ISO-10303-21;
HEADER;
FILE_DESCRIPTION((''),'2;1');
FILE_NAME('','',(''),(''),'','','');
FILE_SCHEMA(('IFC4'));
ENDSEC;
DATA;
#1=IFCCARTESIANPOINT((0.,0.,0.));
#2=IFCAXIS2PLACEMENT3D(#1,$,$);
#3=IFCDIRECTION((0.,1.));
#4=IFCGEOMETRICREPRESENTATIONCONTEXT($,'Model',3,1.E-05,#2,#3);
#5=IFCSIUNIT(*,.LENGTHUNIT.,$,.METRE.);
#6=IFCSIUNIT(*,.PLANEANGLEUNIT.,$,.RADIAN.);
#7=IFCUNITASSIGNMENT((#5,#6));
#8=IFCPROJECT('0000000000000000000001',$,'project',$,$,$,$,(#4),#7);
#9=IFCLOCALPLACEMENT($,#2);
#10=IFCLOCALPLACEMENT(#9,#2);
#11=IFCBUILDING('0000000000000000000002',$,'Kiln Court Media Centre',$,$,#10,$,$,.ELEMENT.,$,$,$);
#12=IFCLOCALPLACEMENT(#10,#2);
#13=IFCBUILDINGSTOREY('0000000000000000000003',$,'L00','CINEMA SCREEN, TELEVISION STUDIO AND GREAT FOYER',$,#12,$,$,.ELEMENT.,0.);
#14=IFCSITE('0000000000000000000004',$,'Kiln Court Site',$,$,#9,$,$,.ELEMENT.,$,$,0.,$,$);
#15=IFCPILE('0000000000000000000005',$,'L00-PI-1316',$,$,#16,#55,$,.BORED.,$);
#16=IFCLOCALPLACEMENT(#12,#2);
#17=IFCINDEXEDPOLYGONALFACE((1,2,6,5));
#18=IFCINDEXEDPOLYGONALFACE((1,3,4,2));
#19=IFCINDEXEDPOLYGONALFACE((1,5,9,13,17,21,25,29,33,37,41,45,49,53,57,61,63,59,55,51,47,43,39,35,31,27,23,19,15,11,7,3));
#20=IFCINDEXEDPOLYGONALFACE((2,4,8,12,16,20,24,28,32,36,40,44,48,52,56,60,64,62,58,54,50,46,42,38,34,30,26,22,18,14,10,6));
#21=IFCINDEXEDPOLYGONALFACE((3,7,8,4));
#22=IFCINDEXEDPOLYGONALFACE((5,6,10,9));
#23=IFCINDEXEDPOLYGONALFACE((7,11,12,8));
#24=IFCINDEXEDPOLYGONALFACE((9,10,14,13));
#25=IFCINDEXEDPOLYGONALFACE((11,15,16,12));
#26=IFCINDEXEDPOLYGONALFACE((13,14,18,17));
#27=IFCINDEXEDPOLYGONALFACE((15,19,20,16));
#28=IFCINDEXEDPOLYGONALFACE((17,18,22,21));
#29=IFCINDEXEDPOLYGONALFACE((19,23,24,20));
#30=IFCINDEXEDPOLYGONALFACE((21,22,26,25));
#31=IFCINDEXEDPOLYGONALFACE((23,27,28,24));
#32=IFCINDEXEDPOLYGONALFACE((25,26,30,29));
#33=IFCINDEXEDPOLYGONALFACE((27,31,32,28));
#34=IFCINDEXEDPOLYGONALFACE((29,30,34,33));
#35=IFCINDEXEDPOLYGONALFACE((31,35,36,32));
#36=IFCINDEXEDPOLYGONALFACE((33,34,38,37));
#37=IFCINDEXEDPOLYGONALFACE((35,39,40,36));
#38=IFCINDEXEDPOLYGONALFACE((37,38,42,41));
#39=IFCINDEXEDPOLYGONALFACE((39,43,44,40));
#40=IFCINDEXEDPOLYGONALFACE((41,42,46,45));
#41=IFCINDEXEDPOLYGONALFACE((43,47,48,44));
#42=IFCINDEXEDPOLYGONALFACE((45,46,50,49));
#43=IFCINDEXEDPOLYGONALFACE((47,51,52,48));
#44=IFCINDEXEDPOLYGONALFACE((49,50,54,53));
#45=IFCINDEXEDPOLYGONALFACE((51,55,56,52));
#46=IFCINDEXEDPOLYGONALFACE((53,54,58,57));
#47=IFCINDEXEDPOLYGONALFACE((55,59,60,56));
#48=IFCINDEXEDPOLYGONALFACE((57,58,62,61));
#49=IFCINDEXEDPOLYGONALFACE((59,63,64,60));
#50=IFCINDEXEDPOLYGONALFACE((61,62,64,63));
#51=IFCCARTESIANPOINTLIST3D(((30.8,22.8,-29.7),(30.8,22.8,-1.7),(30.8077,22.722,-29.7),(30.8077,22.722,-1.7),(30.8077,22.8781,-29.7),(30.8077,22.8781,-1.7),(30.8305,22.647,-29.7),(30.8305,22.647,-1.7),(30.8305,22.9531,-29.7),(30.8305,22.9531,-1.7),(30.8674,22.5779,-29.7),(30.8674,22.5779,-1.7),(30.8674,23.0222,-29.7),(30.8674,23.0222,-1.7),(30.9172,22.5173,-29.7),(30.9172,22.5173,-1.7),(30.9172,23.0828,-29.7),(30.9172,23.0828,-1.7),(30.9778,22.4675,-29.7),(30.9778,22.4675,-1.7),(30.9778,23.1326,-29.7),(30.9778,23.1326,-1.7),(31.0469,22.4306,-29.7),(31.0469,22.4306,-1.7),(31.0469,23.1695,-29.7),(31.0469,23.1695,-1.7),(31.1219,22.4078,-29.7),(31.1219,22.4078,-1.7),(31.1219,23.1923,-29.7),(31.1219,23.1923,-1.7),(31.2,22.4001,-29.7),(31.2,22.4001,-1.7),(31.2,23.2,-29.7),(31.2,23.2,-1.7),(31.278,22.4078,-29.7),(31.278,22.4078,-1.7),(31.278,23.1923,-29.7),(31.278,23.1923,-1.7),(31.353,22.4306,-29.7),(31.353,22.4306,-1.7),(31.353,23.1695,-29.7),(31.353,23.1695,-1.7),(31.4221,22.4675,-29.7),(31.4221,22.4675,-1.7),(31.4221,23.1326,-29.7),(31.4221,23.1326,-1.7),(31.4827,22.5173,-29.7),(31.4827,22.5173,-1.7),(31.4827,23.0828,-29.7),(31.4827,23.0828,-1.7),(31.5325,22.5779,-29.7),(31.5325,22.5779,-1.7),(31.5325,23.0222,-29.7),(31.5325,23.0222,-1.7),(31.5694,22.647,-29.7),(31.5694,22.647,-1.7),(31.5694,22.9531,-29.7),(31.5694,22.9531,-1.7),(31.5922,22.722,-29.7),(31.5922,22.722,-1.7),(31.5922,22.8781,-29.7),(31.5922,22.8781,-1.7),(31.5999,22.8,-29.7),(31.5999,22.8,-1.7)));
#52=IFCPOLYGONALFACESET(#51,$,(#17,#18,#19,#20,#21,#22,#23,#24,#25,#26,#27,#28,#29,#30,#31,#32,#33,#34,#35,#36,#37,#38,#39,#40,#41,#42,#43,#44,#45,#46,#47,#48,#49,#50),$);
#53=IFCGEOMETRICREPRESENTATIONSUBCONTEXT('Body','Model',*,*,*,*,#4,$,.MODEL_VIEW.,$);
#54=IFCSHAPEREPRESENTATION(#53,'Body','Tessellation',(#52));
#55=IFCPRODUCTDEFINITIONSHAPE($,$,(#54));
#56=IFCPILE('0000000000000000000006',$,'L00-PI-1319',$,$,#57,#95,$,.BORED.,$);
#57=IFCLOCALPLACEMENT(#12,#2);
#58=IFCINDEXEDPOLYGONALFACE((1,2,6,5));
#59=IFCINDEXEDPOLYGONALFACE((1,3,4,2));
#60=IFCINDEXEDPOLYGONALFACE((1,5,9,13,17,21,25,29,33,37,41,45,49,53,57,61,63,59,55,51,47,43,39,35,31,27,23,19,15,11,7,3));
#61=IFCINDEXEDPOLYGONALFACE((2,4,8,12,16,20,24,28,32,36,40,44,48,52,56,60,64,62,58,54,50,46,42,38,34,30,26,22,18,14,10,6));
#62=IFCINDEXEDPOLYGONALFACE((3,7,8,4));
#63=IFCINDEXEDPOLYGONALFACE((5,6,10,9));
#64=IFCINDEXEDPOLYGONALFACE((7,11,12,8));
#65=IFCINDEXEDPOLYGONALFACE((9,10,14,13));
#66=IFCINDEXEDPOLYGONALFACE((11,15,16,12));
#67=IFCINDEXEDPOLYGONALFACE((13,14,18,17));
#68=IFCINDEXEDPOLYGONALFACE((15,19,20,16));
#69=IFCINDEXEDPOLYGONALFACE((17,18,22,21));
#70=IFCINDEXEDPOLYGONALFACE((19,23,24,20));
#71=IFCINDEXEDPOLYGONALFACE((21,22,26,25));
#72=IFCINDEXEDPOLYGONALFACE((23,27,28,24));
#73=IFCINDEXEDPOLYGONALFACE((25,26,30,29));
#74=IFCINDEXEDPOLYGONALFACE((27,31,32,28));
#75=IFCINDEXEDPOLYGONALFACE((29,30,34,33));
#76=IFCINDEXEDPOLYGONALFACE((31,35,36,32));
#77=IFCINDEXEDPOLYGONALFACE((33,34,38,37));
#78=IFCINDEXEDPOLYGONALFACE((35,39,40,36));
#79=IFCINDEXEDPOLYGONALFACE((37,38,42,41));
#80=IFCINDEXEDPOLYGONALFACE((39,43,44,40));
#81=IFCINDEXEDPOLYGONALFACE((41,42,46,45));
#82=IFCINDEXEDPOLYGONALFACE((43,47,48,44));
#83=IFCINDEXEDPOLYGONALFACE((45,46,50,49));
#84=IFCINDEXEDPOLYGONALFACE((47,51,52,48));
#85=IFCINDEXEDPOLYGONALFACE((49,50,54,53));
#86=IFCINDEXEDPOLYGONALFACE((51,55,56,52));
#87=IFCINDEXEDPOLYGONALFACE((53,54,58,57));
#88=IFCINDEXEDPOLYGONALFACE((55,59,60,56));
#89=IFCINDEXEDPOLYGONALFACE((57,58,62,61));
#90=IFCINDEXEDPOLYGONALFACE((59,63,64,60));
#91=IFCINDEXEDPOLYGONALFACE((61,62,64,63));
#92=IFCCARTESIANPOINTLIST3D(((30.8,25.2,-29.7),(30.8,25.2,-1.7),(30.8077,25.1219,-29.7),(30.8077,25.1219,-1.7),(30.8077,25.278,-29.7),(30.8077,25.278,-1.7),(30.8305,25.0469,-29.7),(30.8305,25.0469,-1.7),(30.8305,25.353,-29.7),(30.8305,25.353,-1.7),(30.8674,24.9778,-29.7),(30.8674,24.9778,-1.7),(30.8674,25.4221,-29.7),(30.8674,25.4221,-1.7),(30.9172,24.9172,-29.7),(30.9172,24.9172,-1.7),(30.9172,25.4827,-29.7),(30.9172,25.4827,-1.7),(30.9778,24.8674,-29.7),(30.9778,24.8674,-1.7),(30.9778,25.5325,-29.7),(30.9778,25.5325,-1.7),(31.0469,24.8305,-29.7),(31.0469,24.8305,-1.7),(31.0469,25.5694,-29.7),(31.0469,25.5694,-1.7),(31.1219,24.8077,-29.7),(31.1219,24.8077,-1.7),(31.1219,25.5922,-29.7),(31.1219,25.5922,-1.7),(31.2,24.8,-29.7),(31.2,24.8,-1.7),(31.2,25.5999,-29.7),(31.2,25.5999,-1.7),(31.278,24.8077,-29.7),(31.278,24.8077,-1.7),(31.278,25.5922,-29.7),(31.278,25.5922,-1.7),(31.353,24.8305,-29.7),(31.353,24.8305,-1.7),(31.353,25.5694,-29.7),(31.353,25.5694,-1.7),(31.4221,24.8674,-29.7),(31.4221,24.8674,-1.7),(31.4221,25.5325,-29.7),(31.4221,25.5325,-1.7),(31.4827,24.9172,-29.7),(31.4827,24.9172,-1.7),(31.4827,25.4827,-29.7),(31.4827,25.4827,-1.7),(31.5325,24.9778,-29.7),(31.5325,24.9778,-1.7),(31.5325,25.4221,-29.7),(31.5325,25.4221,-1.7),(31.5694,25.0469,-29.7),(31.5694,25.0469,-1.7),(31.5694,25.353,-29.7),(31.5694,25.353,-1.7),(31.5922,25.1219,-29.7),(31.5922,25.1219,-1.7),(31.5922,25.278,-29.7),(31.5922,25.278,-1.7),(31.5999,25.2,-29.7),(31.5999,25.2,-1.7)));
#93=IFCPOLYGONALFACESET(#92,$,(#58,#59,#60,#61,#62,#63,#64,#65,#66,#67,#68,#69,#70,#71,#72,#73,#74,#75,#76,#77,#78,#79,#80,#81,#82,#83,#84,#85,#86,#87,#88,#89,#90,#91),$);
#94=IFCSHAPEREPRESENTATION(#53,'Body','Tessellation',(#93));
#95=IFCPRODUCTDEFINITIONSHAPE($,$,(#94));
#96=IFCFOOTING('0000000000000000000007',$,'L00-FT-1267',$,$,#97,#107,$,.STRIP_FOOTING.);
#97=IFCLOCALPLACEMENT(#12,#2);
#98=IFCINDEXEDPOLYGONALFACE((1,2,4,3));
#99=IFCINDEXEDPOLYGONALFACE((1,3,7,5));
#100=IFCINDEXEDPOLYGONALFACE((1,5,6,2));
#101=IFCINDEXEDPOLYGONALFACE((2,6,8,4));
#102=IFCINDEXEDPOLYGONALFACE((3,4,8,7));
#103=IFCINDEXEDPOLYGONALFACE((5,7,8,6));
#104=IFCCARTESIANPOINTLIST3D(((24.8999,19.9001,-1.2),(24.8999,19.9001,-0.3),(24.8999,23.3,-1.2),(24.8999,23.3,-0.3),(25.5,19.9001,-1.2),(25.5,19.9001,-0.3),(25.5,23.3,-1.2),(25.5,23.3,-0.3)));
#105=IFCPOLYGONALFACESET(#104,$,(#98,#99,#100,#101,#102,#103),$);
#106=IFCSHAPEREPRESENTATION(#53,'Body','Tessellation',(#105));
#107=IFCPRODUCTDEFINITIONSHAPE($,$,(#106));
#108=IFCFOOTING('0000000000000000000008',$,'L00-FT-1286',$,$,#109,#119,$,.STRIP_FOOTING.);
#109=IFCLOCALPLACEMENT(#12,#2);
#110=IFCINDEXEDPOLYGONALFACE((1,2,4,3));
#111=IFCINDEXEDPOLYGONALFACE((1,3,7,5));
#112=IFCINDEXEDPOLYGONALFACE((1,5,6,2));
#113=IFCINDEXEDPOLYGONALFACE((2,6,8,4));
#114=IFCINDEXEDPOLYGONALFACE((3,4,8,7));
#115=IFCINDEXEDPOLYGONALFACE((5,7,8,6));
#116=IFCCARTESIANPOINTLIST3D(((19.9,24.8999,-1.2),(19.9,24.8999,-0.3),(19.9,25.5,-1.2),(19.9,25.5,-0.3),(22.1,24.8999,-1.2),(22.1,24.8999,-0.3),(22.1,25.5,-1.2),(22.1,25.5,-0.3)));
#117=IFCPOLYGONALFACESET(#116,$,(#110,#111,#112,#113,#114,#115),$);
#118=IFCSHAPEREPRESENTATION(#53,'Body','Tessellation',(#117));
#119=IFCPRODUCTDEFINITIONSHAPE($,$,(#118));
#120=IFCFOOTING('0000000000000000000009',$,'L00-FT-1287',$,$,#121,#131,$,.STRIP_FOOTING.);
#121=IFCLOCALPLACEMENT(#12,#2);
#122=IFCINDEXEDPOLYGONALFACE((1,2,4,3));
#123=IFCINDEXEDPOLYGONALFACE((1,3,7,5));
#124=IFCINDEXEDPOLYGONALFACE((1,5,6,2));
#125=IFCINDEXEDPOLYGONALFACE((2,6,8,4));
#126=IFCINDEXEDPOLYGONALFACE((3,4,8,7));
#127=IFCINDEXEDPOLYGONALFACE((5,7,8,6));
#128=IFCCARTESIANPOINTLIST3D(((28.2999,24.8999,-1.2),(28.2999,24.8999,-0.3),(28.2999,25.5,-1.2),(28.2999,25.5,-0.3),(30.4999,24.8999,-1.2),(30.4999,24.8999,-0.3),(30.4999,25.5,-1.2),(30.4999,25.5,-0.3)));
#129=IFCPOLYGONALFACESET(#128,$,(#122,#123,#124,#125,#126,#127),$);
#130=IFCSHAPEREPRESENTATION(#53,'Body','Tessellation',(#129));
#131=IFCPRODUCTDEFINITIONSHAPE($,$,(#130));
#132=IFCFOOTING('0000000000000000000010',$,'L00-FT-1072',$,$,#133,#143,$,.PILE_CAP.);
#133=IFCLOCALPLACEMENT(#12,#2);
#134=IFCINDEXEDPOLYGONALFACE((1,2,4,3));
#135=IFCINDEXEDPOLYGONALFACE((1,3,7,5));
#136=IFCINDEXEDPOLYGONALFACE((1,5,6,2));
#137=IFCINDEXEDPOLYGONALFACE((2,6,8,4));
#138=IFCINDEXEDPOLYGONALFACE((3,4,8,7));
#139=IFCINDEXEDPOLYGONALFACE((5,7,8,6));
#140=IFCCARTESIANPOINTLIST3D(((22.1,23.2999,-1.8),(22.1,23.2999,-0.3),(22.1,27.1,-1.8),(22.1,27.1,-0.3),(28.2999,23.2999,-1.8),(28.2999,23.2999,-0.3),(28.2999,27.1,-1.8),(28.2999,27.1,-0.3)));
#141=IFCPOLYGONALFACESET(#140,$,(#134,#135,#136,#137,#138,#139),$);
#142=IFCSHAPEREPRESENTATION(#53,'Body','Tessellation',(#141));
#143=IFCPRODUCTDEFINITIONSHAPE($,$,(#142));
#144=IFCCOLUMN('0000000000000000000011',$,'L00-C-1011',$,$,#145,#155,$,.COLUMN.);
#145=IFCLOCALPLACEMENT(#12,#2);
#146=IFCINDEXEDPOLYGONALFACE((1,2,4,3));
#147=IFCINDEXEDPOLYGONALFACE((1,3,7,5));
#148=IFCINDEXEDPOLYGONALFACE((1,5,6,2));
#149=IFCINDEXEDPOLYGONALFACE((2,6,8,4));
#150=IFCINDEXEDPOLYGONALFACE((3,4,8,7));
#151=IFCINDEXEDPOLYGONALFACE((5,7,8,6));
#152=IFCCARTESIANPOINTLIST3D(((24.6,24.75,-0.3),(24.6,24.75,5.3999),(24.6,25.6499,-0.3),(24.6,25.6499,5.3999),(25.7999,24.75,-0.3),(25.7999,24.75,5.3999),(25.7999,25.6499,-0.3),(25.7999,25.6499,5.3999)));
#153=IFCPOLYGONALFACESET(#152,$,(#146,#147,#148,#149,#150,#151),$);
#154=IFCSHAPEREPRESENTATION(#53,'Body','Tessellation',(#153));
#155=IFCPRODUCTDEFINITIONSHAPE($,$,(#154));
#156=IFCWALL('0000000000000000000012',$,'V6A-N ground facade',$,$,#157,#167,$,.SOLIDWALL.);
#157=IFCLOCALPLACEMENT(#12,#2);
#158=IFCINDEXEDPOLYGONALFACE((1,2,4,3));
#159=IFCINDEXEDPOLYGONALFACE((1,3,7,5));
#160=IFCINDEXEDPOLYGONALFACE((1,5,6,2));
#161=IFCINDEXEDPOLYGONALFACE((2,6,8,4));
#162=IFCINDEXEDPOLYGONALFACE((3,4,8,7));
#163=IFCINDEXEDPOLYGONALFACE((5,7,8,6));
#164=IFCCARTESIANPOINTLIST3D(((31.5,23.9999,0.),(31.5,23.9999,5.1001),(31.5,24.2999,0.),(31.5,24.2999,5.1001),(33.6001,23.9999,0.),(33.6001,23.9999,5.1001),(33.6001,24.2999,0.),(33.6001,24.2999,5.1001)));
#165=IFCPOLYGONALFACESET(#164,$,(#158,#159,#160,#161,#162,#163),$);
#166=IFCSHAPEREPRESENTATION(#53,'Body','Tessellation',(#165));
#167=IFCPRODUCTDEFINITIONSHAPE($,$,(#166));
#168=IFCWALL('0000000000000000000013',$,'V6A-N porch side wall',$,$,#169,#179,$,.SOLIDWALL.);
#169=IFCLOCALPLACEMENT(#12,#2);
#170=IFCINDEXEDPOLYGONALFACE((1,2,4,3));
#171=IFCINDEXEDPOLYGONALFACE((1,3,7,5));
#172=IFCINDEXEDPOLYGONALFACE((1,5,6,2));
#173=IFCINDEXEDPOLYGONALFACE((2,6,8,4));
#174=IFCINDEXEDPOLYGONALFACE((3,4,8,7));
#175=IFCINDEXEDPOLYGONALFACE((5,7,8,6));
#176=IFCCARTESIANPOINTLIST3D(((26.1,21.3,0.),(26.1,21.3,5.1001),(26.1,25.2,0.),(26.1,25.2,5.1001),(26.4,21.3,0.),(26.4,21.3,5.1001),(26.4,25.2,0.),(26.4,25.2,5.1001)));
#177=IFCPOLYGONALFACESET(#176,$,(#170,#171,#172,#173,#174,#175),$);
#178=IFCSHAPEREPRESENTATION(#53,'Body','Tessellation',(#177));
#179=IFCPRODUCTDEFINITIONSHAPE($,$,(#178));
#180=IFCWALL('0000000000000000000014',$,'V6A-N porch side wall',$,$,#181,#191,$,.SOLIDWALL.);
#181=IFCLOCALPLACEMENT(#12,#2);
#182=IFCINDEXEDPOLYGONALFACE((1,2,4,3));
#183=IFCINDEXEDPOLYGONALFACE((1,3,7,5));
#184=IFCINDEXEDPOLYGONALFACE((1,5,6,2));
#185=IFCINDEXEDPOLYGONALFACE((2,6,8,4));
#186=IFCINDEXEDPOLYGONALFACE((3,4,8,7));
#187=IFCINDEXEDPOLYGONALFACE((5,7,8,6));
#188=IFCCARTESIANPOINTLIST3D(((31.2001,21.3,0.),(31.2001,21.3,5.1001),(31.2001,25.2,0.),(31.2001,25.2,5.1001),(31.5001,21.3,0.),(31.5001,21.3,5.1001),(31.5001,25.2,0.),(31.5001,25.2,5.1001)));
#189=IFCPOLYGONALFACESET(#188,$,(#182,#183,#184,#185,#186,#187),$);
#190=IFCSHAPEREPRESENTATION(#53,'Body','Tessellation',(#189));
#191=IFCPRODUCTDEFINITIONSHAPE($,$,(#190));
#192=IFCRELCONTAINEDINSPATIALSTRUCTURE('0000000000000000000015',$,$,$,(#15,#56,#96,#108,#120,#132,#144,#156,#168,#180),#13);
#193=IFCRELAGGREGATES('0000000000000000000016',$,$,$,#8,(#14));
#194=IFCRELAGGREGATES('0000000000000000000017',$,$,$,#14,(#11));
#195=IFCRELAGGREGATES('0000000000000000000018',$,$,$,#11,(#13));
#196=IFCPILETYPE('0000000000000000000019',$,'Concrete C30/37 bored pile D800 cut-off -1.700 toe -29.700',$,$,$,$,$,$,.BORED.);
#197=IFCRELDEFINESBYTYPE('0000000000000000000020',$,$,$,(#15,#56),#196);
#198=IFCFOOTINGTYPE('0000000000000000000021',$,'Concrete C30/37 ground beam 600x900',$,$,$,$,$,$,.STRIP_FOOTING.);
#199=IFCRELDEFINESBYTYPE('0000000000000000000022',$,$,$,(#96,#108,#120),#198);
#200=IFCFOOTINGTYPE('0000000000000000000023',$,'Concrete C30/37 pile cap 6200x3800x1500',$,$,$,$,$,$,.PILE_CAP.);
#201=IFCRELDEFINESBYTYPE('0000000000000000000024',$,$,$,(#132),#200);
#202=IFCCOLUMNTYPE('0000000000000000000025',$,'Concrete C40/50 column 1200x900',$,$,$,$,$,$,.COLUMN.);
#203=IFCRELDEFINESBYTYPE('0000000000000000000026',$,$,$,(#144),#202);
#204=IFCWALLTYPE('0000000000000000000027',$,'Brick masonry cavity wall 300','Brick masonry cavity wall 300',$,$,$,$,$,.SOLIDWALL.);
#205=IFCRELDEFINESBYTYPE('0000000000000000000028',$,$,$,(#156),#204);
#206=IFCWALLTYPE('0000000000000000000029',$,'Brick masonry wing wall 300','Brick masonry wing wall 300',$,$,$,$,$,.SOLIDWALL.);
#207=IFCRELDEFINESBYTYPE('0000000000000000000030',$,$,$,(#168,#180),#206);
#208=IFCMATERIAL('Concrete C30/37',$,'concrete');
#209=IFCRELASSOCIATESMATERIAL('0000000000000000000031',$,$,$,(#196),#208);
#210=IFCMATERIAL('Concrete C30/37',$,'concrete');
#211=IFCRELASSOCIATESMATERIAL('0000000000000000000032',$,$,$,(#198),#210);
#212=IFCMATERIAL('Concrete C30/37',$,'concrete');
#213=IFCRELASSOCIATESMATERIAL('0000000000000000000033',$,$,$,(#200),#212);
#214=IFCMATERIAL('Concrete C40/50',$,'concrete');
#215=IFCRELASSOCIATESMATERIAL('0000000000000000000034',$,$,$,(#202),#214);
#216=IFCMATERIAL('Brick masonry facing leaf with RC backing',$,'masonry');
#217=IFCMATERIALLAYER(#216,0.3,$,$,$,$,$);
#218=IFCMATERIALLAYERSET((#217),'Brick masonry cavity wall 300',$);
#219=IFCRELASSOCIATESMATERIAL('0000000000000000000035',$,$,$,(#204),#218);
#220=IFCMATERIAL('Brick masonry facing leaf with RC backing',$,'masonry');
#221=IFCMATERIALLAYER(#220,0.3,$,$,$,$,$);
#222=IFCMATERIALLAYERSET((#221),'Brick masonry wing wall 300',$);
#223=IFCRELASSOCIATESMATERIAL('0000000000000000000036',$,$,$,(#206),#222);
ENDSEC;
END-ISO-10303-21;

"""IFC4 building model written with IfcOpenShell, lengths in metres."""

from ifc_helpers import new_model, si_unit, direction, frame, frame_2d, origin, origin_2d, place, context, subcontext, project, spatial, rectangle, circle, extrude, material, layer, layer_set, material_profile, profile_set, type_object, element, save


model = new_model("IFC4")

# Units and contexts
model_context = context("Model", 3, precision=1e-05, world=origin(), true_north=direction((0.0, 1.0)))
body_context = subcontext(model_context, "Body", "Model", "MODEL_VIEW")
ifc_project = project(units=[si_unit("LENGTHUNIT", "METRE"), si_unit("PLANEANGLEUNIT", "RADIAN")], contexts=[model_context])

# Site, building, storey
site_placement = place(None, origin())
site = spatial("IfcSite", under=ifc_project, at=site_placement, Name="Kiln Court Site", CompositionType="ELEMENT", RefElevation=0.0)
building_placement = place(site_placement, origin())
building = spatial("IfcBuilding", under=site, at=building_placement, Name="Kiln Court Media Centre", CompositionType="ELEMENT")
storey_placement = place(building_placement, origin())
storey = spatial("IfcBuildingStorey", under=building, at=storey_placement, Name="L00", Description="CINEMA SCREEN, TELEVISION STUDIO AND GREAT FOYER", CompositionType="ELEMENT", Elevation=0.0)

# Piles
ifc_material_1 = material(Name="Concrete C30/37", Category="concrete")
ifc_material_profile_1 = material_profile(ifc_material_1, circle(Radius=0.3999, at=origin_2d()), Name="PILE D800")
ifc_profile_set_1 = profile_set([ifc_material_profile_1], Name="Concrete C30/37")
pile_type = type_object("IfcPileType", Name="Concrete C30/37 bored pile D800 cut-off -1.700 toe -29.700", PredefinedType="BORED", material=ifc_profile_set_1)
for number, where, z_axis, x_axis, name in (
    (1, (31.2, 22.8, -1.7), (0.0, 0.0, -1.0), (1.0, 0.0, 0.0), "L00-PI-1316"),
    (2, (31.2, 25.2, -1.7), (0.0, 0.0, -1.0), (1.0, 0.0, 0.0), "L00-PI-1319"),
):
    element("IfcPile", number, at=place(storey_placement, frame(where, z_axis=z_axis, x_axis=x_axis)), inside=storey, type_object=pile_type, Name=name, PredefinedType="BORED", context=body_context, shape_type="SweptSolid", body=[
        extrude(circle(Radius=0.3999, at=origin_2d()), origin(), (0.0, 0.0, 1.0), 28.0),
    ])

# Footings
ifc_material_2 = material(Name="Concrete C30/37", Category="concrete")
footing_type_1 = type_object("IfcFootingType", Name="Concrete C30/37 ground beam 600x900", PredefinedType="STRIP_FOOTING", material=ifc_material_2)
footing_1_placement = place(storey_placement, frame((25.2, 21.6001, -1.2), z_axis=(0.0, 0.0, 1.0), x_axis=(1.0, 0.0, 0.0)))
element("IfcFooting", 3, at=footing_1_placement, inside=storey, type_object=footing_type_1, Name="L00-FT-1267", PredefinedType="STRIP_FOOTING", context=body_context, shape_type="SweptSolid", body=[
    extrude(rectangle(XDim=0.6001, YDim=3.3999, at=origin_2d()), origin(), (0.0, 0.0, 1.0), 0.8999),
])
for number, where, z_axis, x_axis, name in (
    (4, (21.0, 25.2, -1.2), (0.0, 0.0, 1.0), (1.0, 0.0, 0.0), "L00-FT-1286"),
    (5, (29.3999, 25.2, -1.2), (0.0, 0.0, 1.0), (1.0, 0.0, 0.0), "L00-FT-1287"),
):
    element("IfcFooting", number, at=place(storey_placement, frame(where, z_axis=z_axis, x_axis=x_axis)), inside=storey, type_object=footing_type_1, Name=name, PredefinedType="STRIP_FOOTING", context=body_context, shape_type="SweptSolid", body=[
        extrude(rectangle(XDim=2.2, YDim=0.6001, at=origin_2d()), origin(), (0.0, 0.0, 1.0), 0.8999),
    ])
ifc_material_3 = material(Name="Concrete C30/37", Category="concrete")
footing_type_2 = type_object("IfcFootingType", Name="Concrete C30/37 pile cap 6200x3800x1500", PredefinedType="PILE_CAP", material=ifc_material_3)
footing_2_placement = place(storey_placement, frame((25.2, 25.2, -1.8), z_axis=(0.0, 0.0, 1.0), x_axis=(1.0, 0.0, 0.0)))
element("IfcFooting", 6, at=footing_2_placement, inside=storey, type_object=footing_type_2, Name="L00-FT-1072", PredefinedType="PILE_CAP", context=body_context, shape_type="SweptSolid", body=[
    extrude(rectangle(XDim=6.2, YDim=3.8, at=origin_2d()), origin(), (0.0, 0.0, 1.0), 1.5),
])

# Column
ifc_material_4 = material(Name="Concrete C40/50", Category="concrete")
ifc_material_profile_2 = material_profile(ifc_material_4, rectangle(XDim=1.2, YDim=0.8999, at=origin_2d()), Name="RC 1200x900")
ifc_profile_set_2 = profile_set([ifc_material_profile_2], Name="Concrete C40/50")
column_type = type_object("IfcColumnType", Name="Concrete C40/50 column 1200x900", PredefinedType="COLUMN", material=ifc_profile_set_2)
column_placement = place(storey_placement, frame((25.2, 25.2, -0.3), z_axis=(0.0, 0.0, 1.0), x_axis=(1.0, 0.0, 0.0)))
element("IfcColumn", 7, at=column_placement, inside=storey, type_object=column_type, Name="L00-C-1011", PredefinedType="COLUMN", context=body_context, shape_type="SweptSolid", body=[
    extrude(rectangle(XDim=1.2, YDim=0.8999, at=origin_2d()), origin(), (0.0, 0.0, 1.0), 5.7),
])

# Walls
ifc_material_5 = material(Name="Brick masonry facing leaf with RC backing", Category="masonry")
ifc_layer_1 = layer(ifc_material_5, 0.3)
ifc_layer_set_1 = layer_set([ifc_layer_1], Name="Brick masonry cavity wall 300")
wall_type_1 = type_object("IfcWallType", Name="Brick masonry cavity wall 300", Description="Brick masonry cavity wall 300", PredefinedType="SOLIDWALL", material=ifc_layer_set_1)
wall_1_placement = place(storey_placement, frame((31.5, 24.1499, 0.0), z_axis=(0.0, 0.0, 1.0), x_axis=(1.0, 0.0, 0.0)))
element("IfcWall", 8, at=wall_1_placement, inside=storey, type_object=wall_type_1, Name="V6A-N ground facade", PredefinedType="SOLIDWALL", context=body_context, shape_type="SweptSolid", body=[
    extrude(rectangle(XDim=2.1001, YDim=0.3, at=frame_2d((1.05, 0.0))), origin(), (0.0, 0.0, 1.0), 5.1001),
])
ifc_material_6 = material(Name="Brick masonry facing leaf with RC backing", Category="masonry")
ifc_layer_2 = layer(ifc_material_6, 0.3)
ifc_layer_set_2 = layer_set([ifc_layer_2], Name="Brick masonry wing wall 300")
wall_type_2 = type_object("IfcWallType", Name="Brick masonry wing wall 300", Description="Brick masonry wing wall 300", PredefinedType="SOLIDWALL", material=ifc_layer_set_2)
for number, where, z_axis, x_axis, name in (
    (9, (26.25, 21.3, 0.0), (0.0, 0.0, 1.0), (0.0, 1.0, 0.0), "V6A-N porch side wall"),
    (10, (31.3501, 21.3, 0.0), (0.0, 0.0, 1.0), (0.0, 1.0, 0.0), "V6A-N porch side wall"),
):
    element("IfcWall", number, at=place(storey_placement, frame(where, z_axis=z_axis, x_axis=x_axis)), inside=storey, type_object=wall_type_2, Name=name, PredefinedType="SOLIDWALL", context=body_context, shape_type="SweptSolid", body=[
        extrude(rectangle(XDim=3.8999, YDim=0.3, at=frame_2d((1.95, 0.0))), origin(), (0.0, 0.0, 1.0), 5.1001),
    ])

save(model, "model.ifc")
